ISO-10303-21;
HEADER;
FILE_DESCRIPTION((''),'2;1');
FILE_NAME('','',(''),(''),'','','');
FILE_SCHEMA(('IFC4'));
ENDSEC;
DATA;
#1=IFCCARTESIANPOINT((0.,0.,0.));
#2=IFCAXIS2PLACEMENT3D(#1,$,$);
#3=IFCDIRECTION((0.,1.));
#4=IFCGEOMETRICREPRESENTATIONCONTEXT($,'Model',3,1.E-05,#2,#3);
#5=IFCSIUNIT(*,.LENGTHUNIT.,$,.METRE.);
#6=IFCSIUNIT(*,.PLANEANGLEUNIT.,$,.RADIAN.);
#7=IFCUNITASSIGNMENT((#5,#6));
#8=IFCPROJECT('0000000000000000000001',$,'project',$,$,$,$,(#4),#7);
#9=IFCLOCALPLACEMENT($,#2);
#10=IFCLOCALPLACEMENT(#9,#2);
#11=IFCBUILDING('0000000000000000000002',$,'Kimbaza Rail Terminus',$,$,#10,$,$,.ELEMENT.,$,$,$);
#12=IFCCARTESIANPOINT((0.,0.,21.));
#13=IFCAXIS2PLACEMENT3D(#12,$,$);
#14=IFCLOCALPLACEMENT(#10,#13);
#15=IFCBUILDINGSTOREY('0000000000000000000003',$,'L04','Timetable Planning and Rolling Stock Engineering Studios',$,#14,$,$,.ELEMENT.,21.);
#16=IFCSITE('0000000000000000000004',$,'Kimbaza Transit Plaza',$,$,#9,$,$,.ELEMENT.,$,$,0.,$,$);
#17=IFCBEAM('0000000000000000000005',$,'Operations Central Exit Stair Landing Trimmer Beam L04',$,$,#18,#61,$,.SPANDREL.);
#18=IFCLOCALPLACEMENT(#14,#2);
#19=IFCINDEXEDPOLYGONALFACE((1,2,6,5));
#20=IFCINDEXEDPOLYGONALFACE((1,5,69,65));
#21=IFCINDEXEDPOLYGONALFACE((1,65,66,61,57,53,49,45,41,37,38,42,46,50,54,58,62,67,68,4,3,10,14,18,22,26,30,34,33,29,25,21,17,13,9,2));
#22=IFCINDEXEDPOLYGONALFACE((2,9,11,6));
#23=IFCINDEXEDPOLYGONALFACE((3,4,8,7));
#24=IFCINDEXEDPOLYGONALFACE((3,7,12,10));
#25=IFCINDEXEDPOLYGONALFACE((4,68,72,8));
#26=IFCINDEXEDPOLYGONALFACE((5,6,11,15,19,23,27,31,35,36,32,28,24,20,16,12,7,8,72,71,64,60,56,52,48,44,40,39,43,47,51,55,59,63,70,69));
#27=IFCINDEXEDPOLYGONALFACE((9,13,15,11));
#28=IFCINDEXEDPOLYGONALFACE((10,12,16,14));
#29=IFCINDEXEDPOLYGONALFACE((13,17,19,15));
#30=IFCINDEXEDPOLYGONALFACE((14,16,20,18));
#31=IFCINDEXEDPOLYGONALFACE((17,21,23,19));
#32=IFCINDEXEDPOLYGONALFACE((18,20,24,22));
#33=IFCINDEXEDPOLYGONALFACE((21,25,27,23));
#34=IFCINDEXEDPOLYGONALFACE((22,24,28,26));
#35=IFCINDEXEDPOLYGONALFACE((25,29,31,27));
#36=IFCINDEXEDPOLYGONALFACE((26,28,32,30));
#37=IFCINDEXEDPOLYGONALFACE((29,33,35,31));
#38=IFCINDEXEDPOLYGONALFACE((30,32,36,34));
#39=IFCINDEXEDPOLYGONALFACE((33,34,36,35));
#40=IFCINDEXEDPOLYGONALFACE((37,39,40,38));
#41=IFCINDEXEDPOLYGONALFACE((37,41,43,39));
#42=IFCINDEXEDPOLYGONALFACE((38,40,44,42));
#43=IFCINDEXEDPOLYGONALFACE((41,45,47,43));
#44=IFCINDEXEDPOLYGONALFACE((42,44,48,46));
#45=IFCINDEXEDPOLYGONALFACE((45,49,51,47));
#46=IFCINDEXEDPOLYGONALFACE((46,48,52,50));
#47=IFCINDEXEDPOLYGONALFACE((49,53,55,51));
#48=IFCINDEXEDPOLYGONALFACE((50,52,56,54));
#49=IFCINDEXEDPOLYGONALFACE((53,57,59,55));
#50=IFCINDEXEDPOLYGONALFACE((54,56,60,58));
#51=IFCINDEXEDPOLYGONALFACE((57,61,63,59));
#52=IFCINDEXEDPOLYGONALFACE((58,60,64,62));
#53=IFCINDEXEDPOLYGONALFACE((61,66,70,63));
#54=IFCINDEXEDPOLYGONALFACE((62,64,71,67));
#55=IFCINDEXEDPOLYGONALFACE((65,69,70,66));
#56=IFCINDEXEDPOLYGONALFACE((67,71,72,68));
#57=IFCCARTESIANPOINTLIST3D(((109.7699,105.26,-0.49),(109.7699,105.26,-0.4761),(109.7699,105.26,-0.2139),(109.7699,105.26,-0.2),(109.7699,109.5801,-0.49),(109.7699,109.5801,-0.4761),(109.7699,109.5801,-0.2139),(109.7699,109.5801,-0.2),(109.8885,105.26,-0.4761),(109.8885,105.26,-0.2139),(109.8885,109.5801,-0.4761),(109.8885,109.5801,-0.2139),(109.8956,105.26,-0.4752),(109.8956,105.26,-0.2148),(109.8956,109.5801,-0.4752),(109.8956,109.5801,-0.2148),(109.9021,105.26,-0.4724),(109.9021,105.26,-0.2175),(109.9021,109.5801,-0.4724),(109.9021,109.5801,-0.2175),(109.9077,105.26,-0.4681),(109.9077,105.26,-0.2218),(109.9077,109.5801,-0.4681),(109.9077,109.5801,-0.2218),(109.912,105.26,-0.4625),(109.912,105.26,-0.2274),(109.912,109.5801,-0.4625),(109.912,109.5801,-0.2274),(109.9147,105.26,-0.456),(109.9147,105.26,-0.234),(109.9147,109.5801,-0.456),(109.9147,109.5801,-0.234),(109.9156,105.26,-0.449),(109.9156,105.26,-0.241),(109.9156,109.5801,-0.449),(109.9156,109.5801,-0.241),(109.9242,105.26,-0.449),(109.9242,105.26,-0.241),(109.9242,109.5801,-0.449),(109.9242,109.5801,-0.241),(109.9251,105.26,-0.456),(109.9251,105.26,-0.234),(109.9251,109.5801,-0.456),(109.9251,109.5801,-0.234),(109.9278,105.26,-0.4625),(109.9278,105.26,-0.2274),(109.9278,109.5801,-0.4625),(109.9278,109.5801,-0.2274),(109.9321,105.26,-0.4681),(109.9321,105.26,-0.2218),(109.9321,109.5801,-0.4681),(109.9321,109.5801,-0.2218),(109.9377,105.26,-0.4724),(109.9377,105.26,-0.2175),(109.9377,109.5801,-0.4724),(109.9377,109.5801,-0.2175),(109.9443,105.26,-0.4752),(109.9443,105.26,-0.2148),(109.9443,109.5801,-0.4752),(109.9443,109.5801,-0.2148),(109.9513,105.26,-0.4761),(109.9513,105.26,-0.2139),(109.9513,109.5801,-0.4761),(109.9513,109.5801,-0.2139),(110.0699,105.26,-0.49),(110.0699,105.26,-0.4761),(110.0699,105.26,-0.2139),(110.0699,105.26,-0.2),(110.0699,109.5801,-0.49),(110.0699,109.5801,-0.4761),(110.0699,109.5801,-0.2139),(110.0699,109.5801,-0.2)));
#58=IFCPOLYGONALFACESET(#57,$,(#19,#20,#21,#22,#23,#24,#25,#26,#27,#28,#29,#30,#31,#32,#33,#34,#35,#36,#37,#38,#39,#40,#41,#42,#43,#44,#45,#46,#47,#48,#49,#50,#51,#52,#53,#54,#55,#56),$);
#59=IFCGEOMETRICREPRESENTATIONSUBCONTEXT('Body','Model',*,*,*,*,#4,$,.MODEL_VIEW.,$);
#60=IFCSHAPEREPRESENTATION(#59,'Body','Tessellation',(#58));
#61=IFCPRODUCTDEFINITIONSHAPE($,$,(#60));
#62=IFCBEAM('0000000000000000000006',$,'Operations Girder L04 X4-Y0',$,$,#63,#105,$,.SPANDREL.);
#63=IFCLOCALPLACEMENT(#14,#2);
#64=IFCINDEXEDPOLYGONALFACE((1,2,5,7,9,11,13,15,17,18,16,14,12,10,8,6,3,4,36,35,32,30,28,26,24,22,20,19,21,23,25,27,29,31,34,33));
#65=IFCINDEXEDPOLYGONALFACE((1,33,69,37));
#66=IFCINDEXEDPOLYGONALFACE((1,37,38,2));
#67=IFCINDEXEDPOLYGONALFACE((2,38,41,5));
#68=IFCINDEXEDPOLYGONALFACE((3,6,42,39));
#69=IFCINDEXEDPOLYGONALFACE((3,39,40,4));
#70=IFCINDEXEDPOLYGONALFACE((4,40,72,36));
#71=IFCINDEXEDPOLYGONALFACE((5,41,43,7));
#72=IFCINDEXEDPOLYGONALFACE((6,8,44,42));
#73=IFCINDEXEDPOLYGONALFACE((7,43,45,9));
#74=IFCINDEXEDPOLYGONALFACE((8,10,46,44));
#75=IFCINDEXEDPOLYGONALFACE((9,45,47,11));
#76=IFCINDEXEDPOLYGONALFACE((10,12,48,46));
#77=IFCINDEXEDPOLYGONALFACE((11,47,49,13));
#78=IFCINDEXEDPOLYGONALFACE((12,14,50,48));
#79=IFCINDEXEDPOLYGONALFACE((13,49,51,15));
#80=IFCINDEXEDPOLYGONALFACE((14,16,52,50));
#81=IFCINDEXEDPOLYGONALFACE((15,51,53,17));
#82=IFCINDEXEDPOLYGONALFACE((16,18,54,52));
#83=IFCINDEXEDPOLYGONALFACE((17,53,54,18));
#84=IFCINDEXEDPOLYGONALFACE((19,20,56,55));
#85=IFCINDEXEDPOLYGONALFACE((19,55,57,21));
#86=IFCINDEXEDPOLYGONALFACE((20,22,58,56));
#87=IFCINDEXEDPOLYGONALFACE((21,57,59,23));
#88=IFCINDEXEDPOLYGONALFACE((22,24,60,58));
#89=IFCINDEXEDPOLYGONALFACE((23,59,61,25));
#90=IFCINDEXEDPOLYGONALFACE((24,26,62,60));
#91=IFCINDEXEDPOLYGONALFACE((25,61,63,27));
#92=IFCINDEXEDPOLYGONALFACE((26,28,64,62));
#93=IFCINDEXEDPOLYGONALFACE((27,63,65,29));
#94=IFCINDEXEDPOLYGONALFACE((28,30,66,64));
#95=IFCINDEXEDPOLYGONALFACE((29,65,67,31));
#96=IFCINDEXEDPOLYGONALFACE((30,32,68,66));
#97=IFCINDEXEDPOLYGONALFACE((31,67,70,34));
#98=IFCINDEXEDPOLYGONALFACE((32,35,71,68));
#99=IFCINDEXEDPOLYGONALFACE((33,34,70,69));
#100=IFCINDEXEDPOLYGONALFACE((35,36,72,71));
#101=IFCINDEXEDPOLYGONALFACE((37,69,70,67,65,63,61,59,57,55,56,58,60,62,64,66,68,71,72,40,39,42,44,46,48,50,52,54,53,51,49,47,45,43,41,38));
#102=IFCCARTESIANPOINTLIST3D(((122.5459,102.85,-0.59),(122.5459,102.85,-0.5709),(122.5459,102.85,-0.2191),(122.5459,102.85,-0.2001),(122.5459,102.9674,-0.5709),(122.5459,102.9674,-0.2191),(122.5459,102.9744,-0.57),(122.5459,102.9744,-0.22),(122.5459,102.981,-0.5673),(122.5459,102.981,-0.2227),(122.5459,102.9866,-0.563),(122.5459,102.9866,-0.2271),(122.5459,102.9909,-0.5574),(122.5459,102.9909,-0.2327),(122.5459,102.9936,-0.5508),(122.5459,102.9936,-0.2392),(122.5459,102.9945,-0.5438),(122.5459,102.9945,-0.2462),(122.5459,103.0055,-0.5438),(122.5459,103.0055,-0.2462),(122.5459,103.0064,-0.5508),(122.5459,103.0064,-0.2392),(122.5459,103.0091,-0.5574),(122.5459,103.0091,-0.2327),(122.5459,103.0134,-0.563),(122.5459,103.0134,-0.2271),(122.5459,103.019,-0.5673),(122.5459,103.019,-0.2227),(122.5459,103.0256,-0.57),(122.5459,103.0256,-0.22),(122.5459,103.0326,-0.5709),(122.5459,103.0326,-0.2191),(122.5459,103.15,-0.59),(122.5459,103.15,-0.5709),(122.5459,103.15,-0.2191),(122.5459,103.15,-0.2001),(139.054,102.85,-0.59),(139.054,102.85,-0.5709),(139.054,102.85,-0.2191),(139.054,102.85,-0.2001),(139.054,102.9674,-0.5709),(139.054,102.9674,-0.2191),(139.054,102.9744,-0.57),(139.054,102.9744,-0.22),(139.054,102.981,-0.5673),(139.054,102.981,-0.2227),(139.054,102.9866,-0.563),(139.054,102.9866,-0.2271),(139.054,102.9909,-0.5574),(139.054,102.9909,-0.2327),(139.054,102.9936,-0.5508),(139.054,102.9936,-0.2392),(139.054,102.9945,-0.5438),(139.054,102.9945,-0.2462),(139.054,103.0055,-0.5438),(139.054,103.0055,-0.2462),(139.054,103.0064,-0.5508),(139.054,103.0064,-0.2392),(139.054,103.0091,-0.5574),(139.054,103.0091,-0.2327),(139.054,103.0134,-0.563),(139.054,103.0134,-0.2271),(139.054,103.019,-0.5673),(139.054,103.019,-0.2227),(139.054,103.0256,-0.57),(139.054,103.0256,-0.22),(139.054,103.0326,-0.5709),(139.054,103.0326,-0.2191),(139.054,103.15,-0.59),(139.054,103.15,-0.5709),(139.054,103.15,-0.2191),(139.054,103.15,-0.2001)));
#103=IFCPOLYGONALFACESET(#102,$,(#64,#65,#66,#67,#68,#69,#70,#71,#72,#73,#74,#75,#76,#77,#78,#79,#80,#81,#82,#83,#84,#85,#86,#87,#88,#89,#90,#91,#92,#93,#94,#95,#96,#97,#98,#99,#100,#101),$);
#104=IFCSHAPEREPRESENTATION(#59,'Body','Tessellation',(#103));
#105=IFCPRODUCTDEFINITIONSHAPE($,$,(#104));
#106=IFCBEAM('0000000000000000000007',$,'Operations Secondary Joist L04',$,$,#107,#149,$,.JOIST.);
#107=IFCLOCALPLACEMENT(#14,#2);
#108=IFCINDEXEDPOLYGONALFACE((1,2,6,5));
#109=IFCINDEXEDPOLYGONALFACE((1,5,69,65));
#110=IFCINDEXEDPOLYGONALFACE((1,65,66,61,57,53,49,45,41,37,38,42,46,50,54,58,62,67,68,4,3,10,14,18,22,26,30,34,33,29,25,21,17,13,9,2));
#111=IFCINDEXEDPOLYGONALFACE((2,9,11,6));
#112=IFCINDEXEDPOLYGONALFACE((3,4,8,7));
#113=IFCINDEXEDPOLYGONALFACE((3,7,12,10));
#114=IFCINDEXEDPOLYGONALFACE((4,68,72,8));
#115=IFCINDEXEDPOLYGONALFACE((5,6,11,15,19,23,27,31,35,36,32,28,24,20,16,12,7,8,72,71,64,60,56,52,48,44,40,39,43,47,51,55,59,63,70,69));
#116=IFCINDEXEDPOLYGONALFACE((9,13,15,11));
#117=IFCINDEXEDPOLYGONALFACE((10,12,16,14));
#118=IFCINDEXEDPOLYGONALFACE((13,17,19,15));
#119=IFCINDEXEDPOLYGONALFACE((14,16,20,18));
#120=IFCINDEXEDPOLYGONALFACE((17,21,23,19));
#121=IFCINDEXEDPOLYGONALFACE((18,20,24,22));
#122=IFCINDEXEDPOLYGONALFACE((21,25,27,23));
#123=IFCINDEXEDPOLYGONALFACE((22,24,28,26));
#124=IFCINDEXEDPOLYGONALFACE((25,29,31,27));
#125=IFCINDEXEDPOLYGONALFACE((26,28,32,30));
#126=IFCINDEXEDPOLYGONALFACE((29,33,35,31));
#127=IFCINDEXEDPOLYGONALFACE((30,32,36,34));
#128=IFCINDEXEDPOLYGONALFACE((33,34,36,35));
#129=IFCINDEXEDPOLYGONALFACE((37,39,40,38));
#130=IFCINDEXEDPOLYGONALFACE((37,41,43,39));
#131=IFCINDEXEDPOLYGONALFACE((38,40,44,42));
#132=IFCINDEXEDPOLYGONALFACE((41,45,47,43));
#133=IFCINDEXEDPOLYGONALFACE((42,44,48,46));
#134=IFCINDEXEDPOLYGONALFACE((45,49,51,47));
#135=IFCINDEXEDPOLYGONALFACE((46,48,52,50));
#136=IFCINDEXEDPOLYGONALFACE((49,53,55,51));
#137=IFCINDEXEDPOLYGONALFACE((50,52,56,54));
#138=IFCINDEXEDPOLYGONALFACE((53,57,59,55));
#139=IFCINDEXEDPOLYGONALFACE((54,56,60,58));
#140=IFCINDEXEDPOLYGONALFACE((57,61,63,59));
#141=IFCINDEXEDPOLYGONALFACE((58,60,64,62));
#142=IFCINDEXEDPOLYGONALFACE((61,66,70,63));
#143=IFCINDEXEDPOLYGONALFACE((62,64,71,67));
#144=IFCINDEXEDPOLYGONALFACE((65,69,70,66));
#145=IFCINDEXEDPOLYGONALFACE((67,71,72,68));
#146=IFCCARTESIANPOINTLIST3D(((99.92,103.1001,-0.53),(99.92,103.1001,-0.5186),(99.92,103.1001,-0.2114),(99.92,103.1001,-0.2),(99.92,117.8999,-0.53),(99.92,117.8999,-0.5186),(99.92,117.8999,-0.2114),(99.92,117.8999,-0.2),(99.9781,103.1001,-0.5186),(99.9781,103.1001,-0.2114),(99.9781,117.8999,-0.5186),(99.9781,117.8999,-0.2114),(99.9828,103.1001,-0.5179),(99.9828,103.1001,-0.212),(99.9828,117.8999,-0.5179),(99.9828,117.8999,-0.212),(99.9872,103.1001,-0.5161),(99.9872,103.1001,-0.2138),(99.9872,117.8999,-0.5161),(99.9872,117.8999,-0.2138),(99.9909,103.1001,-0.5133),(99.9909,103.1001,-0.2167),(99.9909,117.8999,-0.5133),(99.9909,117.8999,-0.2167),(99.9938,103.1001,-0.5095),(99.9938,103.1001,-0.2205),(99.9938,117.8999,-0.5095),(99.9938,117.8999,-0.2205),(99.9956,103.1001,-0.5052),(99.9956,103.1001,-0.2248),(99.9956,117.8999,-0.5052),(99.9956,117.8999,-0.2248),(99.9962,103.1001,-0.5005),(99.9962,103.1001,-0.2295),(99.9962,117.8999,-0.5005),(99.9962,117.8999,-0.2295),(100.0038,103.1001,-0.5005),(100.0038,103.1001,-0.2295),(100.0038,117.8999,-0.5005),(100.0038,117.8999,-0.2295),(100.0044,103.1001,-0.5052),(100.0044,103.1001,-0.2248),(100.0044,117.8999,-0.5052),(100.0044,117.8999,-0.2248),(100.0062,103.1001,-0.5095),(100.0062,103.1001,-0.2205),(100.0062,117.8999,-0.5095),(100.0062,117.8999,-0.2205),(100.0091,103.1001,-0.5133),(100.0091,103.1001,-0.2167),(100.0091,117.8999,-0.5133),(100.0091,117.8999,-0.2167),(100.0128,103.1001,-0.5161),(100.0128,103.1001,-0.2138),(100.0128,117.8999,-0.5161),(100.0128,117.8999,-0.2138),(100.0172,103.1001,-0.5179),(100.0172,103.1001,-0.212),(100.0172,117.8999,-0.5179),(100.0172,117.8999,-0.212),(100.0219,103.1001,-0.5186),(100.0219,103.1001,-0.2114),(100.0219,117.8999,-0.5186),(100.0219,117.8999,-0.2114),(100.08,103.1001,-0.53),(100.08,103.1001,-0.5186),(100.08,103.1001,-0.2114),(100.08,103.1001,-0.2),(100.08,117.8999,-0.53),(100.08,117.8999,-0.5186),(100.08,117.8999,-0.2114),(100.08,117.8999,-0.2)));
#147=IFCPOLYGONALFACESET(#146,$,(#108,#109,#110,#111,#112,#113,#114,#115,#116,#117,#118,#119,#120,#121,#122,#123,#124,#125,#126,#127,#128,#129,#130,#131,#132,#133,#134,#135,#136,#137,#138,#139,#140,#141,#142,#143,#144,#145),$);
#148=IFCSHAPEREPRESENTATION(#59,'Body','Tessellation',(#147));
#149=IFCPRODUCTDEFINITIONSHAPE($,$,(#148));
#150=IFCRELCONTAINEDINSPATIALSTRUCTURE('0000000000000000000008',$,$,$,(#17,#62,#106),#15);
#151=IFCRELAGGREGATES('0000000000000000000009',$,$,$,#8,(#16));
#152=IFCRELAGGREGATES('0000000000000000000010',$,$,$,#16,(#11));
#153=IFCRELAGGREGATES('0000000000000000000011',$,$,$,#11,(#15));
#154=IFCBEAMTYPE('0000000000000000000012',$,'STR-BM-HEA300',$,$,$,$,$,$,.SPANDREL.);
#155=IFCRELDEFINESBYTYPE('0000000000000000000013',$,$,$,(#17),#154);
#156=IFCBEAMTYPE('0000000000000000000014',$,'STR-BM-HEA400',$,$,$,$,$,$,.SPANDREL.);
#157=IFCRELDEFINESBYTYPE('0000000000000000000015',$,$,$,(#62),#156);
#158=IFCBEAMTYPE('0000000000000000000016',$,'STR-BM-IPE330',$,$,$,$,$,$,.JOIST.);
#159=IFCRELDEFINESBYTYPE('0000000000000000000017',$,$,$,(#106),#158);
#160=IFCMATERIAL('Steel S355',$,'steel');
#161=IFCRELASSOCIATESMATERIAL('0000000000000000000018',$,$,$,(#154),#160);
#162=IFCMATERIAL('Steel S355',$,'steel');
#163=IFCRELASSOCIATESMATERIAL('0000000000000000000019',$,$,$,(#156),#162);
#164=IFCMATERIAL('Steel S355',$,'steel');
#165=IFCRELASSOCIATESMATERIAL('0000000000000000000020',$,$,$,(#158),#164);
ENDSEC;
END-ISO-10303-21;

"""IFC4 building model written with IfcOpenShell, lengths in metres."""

from ifc_helpers import new_model, si_unit, direction, frame, origin, origin_2d, place, context, subcontext, project, spatial, i_section, extrude, material, material_profile, profile_set, type_object, element, save


model = new_model("IFC4")

# Units and contexts
model_context = context("Model", 3, precision=1e-05, world=origin(), true_north=direction((0.0, 1.0)))
body_context = subcontext(model_context, "Body", "Model", "MODEL_VIEW")
ifc_project = project(units=[si_unit("LENGTHUNIT", "METRE"), si_unit("PLANEANGLEUNIT", "RADIAN")], contexts=[model_context])

# Site, building, storey
site_placement = place(None, origin())
site = spatial("IfcSite", under=ifc_project, at=site_placement, Name="Kimbaza Transit Plaza", CompositionType="ELEMENT", RefElevation=0.0)
building_placement = place(site_placement, origin())
building = spatial("IfcBuilding", under=site, at=building_placement, Name="Kimbaza Rail Terminus", CompositionType="ELEMENT")
storey_placement = place(building_placement, frame((0.0, 0.0, 21.0)))
storey = spatial("IfcBuildingStorey", under=building, at=storey_placement, Name="L04", Description="Timetable Planning and Rolling Stock Engineering Studios", CompositionType="ELEMENT", Elevation=21.0)

# Beams
ifc_material_1 = material(Name="Steel S355", Category="steel")
ifc_material_profile_1 = material_profile(ifc_material_1, i_section(OverallWidth=0.3, OverallDepth=0.29, WebThickness=0.0085, FlangeThickness=0.0139, FilletRadius=0.0271, at=origin_2d()), Name="HEA 300")
ifc_profile_set_1 = profile_set([ifc_material_profile_1], Name="Steel S355")
beam_type_1 = type_object("IfcBeamType", Name="STR-BM-HEA300", PredefinedType="SPANDREL", material=ifc_profile_set_1)
beam_1_placement = place(storey_placement, frame((109.9199, 105.26, -0.345), z_axis=(0.0, 1.0, 0.0), x_axis=(-1.0, 0.0, 0.0)))
element("IfcBeam", 1, at=beam_1_placement, inside=storey, type_object=beam_type_1, Name="Operations Central Exit Stair Landing Trimmer Beam L04", PredefinedType="SPANDREL", context=body_context, shape_type="SweptSolid", body=[
    extrude(i_section(OverallWidth=0.3, OverallDepth=0.29, WebThickness=0.0085, FlangeThickness=0.0139, FilletRadius=0.0271, at=origin_2d()), origin(), (0.0, 0.0, 1.0), 4.3201),
])
ifc_material_2 = material(Name="Steel S355", Category="steel")
ifc_material_profile_2 = material_profile(ifc_material_2, i_section(OverallWidth=0.3, OverallDepth=0.3899, WebThickness=0.011, FlangeThickness=0.019, FilletRadius=0.0271, at=origin_2d()), Name="HEA 400")
ifc_profile_set_2 = profile_set([ifc_material_profile_2], Name="Steel S355")
beam_type_2 = type_object("IfcBeamType", Name="STR-BM-HEA400", PredefinedType="SPANDREL", material=ifc_profile_set_2)
beam_2_placement = place(storey_placement, frame((122.5459, 103.0, -0.395), z_axis=(1.0, 0.0, 0.0), x_axis=(0.0, 1.0, 0.0)))
element("IfcBeam", 2, at=beam_2_placement, inside=storey, type_object=beam_type_2, Name="Operations Girder L04 X4-Y0", PredefinedType="SPANDREL", context=body_context, shape_type="SweptSolid", body=[
    extrude(i_section(OverallWidth=0.3, OverallDepth=0.3899, WebThickness=0.011, FlangeThickness=0.019, FilletRadius=0.0271, at=origin_2d()), origin(), (0.0, 0.0, 1.0), 16.5081),
])
ifc_material_3 = material(Name="Steel S355", Category="steel")
ifc_material_profile_3 = material_profile(ifc_material_3, i_section(OverallWidth=0.1599, OverallDepth=0.3301, WebThickness=0.0076, FlangeThickness=0.0115, FilletRadius=0.0181, at=origin_2d()), Name="IPE 330")
ifc_profile_set_3 = profile_set([ifc_material_profile_3], Name="Steel S355")
beam_type_3 = type_object("IfcBeamType", Name="STR-BM-IPE330", PredefinedType="JOIST", material=ifc_profile_set_3)
beam_3_placement = place(storey_placement, frame((100.0, 103.1001, -0.365), z_axis=(0.0, 1.0, 0.0), x_axis=(-1.0, 0.0, 0.0)))
element("IfcBeam", 3, at=beam_3_placement, inside=storey, type_object=beam_type_3, Name="Operations Secondary Joist L04", PredefinedType="JOIST", context=body_context, shape_type="SweptSolid", body=[
    extrude(i_section(OverallWidth=0.1599, OverallDepth=0.3301, WebThickness=0.0076, FlangeThickness=0.0115, FilletRadius=0.0181, at=origin_2d()), origin(), (0.0, 0.0, 1.0), 14.7998),
])

save(model, "model.ifc")
